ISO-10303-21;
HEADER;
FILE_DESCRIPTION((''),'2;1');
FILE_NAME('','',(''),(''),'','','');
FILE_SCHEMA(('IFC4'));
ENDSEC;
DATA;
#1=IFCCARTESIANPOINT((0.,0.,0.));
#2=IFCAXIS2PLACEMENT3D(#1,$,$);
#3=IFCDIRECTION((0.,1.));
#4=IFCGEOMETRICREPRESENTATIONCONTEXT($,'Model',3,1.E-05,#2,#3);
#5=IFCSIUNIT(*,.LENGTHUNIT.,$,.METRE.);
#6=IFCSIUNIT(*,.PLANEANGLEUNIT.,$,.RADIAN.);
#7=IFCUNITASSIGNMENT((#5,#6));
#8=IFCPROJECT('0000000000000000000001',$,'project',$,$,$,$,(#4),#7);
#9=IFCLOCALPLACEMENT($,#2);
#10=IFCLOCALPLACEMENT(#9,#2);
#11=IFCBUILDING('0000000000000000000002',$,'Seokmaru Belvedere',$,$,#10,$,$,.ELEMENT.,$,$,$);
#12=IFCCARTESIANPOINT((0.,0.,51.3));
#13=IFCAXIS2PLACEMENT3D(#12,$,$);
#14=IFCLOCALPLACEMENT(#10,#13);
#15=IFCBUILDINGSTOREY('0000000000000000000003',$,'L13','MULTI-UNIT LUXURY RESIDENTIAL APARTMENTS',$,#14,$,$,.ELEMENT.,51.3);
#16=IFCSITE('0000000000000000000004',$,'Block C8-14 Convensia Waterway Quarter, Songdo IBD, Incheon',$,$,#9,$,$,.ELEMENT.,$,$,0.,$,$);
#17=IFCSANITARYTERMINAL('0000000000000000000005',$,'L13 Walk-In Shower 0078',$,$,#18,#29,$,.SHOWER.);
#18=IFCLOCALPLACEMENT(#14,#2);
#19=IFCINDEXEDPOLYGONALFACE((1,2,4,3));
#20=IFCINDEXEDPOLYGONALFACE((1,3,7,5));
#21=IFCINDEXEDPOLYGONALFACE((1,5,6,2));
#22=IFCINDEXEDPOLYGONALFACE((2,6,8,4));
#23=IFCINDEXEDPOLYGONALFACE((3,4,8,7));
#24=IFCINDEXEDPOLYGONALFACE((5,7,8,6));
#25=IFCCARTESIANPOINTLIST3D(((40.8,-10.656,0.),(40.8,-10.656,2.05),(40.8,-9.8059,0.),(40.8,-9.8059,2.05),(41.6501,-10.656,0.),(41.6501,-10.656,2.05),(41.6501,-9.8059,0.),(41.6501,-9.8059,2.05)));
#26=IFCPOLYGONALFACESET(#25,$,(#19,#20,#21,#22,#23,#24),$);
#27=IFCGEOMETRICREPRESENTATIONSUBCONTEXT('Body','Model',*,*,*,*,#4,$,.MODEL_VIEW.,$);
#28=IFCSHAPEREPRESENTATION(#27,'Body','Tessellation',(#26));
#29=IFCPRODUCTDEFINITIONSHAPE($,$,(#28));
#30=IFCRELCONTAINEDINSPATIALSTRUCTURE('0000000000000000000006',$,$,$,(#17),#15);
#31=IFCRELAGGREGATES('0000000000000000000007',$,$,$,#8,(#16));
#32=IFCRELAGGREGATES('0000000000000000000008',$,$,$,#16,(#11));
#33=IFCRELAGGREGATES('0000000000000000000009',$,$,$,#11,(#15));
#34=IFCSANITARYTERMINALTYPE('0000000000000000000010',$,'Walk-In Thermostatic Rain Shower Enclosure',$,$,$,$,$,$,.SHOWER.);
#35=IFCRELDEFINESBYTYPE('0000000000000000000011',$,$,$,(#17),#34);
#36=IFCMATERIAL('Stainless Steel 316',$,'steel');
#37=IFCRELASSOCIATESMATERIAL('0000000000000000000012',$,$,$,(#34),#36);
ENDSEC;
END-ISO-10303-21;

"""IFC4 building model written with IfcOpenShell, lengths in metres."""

from ifc_helpers import new_model, si_unit, direction, frame, origin, origin_2d, place, context, subcontext, project, spatial, rectangle, extrude, source, transform, mapped, material, type_object, type_shapes, element, save


model = new_model("IFC4")

# Units and contexts
model_context = context("Model", 3, precision=1e-05, world=origin(), true_north=direction((0.0, 1.0)))
body_context = subcontext(model_context, "Body", "Model", "MODEL_VIEW")
ifc_project = project(units=[si_unit("LENGTHUNIT", "METRE"), si_unit("PLANEANGLEUNIT", "RADIAN")], contexts=[model_context])

# Site, building, storey
site_placement = place(None, origin())
site = spatial("IfcSite", under=ifc_project, at=site_placement, Name="Block C8-14 Convensia Waterway Quarter, Songdo IBD, Incheon", CompositionType="ELEMENT", RefElevation=0.0)
building_placement = place(site_placement, origin())
building = spatial("IfcBuilding", under=site, at=building_placement, Name="Seokmaru Belvedere", CompositionType="ELEMENT")
storey_placement = place(building_placement, frame((0.0, 0.0, 51.3)))
storey = spatial("IfcBuildingStorey", under=building, at=storey_placement, Name="L13", Description="MULTI-UNIT LUXURY RESIDENTIAL APARTMENTS", CompositionType="ELEMENT", Elevation=51.3)

# Sanitary terminal
ifc_material_1 = material(Name="Stainless Steel 316", Category="steel")
sanitary_terminal_type_1 = type_object("IfcSanitaryTerminalType", Name="Walk-In Thermostatic Rain Shower Enclosure", PredefinedType="SHOWER", material=ifc_material_1)
shared_shape_1 = source(origin(), body_context, "Body", "SweptSolid", [
    extrude(rectangle(XDim=0.8501, YDim=0.8501, at=origin_2d()), origin(), (0.0, 0.0, 1.0), 2.05),
])
type_shapes(sanitary_terminal_type_1, [shared_shape_1])
sanitary_terminal_1_placement = place(storey_placement, frame((41.2251, -10.231, 0.0), z_axis=(0.0, 0.0, 1.0), x_axis=(1.0, 0.0, 0.0)))
element("IfcSanitaryTerminal", 1, at=sanitary_terminal_1_placement, inside=storey, type_object=sanitary_terminal_type_1, Name="L13 Walk-In Shower 0078", PredefinedType="SHOWER", context=body_context, shape_type="MappedRepresentation", body=[
    mapped(shared_shape_1, transform((0.0, 0.0, 0.0), scale=1.0)),
])

save(model, "model.ifc")
